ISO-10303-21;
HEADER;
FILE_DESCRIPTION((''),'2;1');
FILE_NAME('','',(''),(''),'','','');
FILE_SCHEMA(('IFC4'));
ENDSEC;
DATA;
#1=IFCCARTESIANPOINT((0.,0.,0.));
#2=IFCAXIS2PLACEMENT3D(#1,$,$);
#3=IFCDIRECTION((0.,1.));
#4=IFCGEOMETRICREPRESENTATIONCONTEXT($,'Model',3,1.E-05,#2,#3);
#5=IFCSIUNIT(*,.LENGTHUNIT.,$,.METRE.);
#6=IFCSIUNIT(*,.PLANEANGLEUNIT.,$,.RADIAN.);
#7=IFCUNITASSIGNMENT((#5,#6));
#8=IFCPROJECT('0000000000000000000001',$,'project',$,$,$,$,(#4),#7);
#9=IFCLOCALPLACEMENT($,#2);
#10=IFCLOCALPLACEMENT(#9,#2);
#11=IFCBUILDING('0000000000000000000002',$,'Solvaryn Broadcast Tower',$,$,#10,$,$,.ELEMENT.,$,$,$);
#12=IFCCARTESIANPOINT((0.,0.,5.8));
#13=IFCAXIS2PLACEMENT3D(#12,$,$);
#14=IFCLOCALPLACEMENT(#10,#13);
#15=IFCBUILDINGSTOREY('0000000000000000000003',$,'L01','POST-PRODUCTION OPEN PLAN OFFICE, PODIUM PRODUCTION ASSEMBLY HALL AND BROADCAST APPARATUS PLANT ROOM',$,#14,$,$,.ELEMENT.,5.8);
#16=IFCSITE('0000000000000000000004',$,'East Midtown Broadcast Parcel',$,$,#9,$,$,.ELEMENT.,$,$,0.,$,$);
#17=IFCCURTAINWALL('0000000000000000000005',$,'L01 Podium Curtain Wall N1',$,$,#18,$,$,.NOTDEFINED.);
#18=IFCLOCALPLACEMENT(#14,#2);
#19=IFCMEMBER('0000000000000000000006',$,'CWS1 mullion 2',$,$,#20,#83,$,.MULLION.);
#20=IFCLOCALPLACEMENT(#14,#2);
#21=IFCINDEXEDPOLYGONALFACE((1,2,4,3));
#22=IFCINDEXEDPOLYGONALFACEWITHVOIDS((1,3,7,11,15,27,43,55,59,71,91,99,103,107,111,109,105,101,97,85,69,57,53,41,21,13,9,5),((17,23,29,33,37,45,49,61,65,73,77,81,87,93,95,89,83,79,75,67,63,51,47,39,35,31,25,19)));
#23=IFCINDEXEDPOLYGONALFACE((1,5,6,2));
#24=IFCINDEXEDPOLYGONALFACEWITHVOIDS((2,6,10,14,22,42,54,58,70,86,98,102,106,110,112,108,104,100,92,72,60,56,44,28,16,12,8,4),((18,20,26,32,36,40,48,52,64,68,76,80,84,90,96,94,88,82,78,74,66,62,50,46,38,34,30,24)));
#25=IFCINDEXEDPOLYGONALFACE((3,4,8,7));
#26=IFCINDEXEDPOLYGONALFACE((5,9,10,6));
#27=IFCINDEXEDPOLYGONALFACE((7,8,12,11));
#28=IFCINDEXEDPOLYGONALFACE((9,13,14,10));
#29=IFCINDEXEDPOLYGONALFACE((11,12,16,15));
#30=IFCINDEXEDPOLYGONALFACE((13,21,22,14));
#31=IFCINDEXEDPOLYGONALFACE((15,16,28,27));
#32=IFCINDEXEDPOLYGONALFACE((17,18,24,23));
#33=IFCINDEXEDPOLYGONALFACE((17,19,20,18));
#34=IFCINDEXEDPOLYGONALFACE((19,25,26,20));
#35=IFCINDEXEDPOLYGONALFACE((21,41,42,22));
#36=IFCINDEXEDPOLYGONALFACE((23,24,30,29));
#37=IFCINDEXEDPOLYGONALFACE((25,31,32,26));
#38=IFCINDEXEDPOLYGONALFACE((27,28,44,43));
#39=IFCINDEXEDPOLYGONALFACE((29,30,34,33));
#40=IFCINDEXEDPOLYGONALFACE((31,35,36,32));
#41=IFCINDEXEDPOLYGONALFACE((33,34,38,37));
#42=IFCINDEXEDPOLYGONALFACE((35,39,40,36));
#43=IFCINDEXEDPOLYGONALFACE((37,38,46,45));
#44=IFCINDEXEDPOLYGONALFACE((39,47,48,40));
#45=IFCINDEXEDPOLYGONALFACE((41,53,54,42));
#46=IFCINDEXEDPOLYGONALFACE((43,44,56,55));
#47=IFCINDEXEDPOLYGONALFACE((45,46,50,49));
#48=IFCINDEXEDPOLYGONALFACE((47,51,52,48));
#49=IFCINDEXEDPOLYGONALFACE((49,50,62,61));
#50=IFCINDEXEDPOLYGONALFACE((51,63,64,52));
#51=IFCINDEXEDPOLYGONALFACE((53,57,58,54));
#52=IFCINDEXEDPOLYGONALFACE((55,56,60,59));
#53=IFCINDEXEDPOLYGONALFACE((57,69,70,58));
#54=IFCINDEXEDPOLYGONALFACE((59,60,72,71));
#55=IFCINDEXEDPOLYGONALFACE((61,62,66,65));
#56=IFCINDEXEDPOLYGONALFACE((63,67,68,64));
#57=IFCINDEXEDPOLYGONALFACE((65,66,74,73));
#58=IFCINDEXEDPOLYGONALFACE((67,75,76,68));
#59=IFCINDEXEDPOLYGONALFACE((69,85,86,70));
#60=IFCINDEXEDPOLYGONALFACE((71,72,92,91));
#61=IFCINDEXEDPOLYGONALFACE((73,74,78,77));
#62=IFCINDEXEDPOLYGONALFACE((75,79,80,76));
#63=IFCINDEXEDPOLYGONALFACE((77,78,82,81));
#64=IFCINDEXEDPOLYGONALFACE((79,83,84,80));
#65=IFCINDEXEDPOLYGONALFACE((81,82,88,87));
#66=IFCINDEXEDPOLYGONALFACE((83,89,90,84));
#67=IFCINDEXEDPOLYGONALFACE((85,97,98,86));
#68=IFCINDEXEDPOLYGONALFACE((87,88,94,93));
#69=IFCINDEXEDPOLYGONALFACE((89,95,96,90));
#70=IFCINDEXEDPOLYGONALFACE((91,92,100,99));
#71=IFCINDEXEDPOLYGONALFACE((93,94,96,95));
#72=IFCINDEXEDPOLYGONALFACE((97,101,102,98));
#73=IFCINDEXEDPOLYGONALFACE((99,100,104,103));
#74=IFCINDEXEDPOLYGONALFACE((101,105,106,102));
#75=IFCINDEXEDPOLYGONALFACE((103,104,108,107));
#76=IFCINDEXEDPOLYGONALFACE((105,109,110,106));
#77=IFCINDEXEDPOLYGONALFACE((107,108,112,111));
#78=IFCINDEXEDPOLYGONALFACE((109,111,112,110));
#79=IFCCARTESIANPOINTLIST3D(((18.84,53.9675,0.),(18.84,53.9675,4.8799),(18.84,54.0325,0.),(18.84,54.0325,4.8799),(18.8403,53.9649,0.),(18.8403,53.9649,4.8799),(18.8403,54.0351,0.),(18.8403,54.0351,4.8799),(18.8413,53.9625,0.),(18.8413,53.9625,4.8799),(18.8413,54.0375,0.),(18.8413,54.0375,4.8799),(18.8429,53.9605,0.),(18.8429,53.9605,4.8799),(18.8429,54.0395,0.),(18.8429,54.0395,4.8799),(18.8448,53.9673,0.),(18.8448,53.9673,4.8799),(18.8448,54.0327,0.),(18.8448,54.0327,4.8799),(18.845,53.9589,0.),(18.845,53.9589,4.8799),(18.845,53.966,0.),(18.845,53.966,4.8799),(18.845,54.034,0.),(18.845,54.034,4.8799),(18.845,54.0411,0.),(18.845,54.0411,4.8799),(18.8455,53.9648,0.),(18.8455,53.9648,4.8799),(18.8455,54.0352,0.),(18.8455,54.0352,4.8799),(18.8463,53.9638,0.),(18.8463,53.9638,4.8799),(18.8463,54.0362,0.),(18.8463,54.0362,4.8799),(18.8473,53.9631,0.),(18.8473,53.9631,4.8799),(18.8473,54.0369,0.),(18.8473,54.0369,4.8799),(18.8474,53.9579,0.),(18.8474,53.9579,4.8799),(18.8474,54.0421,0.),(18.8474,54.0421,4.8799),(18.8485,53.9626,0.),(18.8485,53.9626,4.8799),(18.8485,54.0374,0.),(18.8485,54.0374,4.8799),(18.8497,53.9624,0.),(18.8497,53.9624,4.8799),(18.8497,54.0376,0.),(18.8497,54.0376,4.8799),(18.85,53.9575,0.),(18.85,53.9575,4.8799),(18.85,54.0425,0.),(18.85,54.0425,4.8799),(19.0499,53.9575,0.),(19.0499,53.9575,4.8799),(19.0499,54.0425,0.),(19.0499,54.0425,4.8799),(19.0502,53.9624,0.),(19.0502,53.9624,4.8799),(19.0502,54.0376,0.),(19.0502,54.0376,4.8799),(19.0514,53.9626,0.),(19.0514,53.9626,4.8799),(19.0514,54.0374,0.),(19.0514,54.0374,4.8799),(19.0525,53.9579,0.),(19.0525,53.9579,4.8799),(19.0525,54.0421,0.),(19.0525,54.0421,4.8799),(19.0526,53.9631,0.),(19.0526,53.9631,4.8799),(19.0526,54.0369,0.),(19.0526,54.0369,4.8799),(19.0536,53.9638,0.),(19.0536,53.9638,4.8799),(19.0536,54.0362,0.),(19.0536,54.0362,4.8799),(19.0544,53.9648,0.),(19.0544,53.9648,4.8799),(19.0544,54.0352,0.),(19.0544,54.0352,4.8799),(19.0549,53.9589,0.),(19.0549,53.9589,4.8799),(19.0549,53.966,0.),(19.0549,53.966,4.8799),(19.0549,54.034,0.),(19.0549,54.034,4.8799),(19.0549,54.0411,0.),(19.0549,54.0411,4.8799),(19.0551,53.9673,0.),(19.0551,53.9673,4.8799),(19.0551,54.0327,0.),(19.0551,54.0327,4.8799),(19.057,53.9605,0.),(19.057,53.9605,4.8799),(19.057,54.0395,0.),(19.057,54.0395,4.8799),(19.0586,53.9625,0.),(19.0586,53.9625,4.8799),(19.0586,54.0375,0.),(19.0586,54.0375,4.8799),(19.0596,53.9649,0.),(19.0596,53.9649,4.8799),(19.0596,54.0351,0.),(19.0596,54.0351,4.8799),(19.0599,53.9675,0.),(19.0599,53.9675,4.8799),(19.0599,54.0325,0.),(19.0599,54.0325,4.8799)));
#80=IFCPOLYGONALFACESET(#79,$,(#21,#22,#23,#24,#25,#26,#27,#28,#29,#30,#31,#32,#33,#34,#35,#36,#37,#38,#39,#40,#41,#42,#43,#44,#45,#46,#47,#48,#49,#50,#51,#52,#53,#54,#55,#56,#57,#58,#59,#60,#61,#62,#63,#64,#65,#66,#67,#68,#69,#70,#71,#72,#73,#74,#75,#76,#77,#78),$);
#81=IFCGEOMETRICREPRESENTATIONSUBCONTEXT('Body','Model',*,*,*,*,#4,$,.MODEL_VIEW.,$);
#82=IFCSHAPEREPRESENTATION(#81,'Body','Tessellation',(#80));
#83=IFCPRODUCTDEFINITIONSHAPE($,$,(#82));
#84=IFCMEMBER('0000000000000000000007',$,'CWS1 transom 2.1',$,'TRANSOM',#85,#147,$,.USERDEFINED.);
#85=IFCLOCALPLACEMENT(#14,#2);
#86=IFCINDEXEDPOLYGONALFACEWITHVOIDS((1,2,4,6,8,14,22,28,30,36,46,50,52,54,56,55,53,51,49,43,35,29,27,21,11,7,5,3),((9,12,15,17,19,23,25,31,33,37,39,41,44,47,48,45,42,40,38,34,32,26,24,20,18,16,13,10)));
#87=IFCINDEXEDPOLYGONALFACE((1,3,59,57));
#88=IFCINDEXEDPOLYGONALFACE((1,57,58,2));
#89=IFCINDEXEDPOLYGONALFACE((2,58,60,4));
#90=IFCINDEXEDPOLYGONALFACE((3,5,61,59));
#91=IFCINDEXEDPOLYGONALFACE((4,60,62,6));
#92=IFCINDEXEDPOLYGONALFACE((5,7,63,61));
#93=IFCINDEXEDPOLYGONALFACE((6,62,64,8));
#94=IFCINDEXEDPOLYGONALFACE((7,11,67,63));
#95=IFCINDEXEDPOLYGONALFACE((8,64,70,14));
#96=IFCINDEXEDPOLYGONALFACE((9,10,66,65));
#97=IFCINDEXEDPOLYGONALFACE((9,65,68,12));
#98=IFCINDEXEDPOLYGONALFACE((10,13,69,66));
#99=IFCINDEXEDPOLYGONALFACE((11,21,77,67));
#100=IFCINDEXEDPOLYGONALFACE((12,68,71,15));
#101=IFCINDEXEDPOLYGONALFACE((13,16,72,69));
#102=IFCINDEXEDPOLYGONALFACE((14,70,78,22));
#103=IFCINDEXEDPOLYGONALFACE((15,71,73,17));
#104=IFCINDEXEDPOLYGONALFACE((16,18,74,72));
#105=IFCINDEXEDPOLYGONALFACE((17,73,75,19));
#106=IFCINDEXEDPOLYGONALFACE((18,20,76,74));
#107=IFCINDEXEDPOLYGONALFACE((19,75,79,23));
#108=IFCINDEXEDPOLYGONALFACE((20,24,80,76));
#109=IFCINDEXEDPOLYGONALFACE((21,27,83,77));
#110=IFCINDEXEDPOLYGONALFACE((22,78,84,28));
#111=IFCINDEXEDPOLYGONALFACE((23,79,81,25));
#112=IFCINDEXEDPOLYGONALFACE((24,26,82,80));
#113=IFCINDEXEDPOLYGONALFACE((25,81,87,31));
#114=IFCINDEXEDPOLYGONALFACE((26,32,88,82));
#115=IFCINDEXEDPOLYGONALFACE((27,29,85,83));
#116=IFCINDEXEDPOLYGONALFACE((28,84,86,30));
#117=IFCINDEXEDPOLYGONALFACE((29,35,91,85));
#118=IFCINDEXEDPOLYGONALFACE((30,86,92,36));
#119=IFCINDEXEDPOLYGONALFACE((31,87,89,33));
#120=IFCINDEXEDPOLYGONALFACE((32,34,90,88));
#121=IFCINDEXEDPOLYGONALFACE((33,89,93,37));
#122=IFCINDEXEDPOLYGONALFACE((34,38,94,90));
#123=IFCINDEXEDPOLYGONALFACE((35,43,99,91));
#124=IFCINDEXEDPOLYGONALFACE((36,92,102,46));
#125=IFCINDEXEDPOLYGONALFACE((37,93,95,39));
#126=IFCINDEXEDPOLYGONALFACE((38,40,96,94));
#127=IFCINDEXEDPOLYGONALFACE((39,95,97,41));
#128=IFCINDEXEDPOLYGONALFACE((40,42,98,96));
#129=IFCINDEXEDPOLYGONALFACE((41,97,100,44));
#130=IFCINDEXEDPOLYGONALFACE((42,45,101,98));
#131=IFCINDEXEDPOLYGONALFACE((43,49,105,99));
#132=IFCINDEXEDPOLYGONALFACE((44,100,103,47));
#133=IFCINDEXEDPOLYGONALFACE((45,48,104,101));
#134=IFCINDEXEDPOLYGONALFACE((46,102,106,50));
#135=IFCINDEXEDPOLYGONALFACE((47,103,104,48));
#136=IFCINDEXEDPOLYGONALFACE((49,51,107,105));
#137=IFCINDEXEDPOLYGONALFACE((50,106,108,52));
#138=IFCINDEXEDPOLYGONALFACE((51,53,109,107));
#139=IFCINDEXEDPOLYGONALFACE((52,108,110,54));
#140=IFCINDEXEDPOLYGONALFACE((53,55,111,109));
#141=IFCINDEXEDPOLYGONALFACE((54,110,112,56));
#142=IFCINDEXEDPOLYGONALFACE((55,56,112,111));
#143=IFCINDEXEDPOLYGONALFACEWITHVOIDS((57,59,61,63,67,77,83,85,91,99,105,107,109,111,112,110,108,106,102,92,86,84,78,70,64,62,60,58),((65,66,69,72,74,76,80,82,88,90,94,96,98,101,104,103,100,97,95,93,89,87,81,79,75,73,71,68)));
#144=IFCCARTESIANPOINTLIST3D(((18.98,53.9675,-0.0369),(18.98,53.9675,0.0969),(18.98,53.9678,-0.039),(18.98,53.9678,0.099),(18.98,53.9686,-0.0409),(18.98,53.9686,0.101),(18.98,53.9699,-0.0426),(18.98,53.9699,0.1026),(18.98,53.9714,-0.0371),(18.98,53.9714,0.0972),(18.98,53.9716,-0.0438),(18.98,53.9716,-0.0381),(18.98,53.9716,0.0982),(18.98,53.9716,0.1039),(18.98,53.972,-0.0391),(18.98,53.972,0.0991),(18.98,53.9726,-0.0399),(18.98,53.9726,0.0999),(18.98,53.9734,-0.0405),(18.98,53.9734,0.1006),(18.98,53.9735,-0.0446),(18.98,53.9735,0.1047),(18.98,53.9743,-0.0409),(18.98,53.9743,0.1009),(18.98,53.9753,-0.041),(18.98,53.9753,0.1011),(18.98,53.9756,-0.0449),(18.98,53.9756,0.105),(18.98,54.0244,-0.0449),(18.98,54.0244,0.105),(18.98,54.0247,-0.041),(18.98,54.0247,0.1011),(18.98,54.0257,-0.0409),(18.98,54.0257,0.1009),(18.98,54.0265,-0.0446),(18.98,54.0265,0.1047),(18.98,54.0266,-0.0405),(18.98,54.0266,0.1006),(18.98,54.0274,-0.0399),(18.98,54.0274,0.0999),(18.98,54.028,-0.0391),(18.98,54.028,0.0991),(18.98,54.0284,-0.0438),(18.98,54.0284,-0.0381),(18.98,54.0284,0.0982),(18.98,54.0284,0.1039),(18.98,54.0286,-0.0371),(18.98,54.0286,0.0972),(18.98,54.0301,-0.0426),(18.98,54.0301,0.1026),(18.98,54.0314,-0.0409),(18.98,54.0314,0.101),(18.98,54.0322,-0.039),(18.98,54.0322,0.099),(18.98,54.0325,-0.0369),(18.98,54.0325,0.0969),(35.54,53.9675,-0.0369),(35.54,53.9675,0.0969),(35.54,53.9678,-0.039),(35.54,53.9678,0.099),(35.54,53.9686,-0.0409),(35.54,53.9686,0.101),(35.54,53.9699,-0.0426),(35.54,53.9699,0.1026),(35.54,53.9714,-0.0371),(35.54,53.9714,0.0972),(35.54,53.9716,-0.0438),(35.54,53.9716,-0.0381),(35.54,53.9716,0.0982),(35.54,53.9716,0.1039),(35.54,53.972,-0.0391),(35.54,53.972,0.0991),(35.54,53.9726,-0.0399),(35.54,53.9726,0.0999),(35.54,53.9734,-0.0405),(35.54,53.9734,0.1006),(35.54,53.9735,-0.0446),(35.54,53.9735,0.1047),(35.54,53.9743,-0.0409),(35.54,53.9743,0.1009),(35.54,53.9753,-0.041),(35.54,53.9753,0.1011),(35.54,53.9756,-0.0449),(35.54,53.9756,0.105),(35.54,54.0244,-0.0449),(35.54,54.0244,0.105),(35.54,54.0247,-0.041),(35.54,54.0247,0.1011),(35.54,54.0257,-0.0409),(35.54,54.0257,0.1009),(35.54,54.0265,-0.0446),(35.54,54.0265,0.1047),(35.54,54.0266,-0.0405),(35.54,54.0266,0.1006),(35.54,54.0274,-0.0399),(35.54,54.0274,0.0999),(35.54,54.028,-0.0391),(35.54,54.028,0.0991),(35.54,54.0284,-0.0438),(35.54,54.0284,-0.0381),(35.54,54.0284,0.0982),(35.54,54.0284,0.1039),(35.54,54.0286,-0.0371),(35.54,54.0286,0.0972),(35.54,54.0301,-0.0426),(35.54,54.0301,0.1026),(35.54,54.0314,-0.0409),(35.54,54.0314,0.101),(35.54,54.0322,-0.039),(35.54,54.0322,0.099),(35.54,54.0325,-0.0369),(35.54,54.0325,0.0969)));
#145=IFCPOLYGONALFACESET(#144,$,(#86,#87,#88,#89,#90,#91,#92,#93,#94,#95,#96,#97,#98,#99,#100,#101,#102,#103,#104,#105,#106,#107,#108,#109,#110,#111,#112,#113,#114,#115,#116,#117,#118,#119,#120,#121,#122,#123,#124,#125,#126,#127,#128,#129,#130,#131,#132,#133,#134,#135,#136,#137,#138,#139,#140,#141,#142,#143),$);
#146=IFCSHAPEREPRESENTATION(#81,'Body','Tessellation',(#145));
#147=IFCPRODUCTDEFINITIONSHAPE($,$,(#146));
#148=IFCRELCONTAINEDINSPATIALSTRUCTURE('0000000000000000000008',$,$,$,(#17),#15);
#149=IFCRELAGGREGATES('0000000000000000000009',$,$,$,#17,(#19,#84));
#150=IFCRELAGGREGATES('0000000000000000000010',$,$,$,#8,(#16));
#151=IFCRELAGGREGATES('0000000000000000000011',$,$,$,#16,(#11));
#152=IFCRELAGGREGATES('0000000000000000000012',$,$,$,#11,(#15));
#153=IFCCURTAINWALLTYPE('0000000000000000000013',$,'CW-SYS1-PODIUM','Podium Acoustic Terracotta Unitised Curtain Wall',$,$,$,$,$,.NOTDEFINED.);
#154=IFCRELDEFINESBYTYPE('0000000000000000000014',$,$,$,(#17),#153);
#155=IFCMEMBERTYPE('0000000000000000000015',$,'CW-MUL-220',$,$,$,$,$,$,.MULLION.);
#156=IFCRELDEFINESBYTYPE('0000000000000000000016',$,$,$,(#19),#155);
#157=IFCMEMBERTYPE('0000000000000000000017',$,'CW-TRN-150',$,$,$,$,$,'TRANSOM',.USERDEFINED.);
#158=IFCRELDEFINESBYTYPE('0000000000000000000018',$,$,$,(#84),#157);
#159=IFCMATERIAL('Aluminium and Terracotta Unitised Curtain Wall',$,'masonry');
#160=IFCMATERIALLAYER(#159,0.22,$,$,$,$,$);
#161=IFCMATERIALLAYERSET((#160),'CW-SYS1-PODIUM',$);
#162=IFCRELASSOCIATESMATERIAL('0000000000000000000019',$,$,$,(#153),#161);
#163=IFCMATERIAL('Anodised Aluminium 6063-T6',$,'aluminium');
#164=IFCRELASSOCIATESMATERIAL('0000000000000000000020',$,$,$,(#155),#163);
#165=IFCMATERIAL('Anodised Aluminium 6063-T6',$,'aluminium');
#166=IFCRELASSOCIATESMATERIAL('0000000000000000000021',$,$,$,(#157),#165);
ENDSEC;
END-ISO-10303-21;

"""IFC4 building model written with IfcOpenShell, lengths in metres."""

from ifc_helpers import new_model, si_unit, direction, frame, origin, origin_2d, place, context, subcontext, project, spatial, hollow_rectangle, extrude, material, layer, layer_set, material_profile, profile_set, type_object, element, aggregate, save


model = new_model("IFC4")

# Units and contexts
model_context = context("Model", 3, precision=1e-05, world=origin(), true_north=direction((0.0, 1.0)))
body_context = subcontext(model_context, "Body", "Model", "MODEL_VIEW")
ifc_project = project(units=[si_unit("LENGTHUNIT", "METRE"), si_unit("PLANEANGLEUNIT", "RADIAN")], contexts=[model_context])

# Site, building, storey
site_placement = place(None, origin())
site = spatial("IfcSite", under=ifc_project, at=site_placement, Name="East Midtown Broadcast Parcel", CompositionType="ELEMENT", RefElevation=0.0)
building_placement = place(site_placement, origin())
building = spatial("IfcBuilding", under=site, at=building_placement, Name="Solvaryn Broadcast Tower", CompositionType="ELEMENT")
storey_placement = place(building_placement, frame((0.0, 0.0, 5.8)))
storey = spatial("IfcBuildingStorey", under=building, at=storey_placement, Name="L01", Description="POST-PRODUCTION OPEN PLAN OFFICE, PODIUM PRODUCTION ASSEMBLY HALL AND BROADCAST APPARATUS PLANT ROOM", CompositionType="ELEMENT", Elevation=5.8)

# Curtain wall, members
ifc_material_1 = material(Name="Aluminium and Terracotta Unitised Curtain Wall", Category="masonry")
ifc_layer_1 = layer(ifc_material_1, 0.22)
ifc_layer_set_1 = layer_set([ifc_layer_1], Name="CW-SYS1-PODIUM")
curtain_wall_type = type_object("IfcCurtainWallType", Name="CW-SYS1-PODIUM", Description="Podium Acoustic Terracotta Unitised Curtain Wall", PredefinedType="NOTDEFINED", material=ifc_layer_set_1)
curtain_wall_placement = place(storey_placement, origin())
curtain_wall = element("IfcCurtainWall", 1, at=curtain_wall_placement, inside=storey, type_object=curtain_wall_type, Name="L01 Podium Curtain Wall N1", PredefinedType="NOTDEFINED")
ifc_material_2 = material(Name="Anodised Aluminium 6063-T6", Category="aluminium")
ifc_material_profile_1 = material_profile(ifc_material_2, hollow_rectangle(XDim=0.085, YDim=0.22, WallThickness=0.0049, InnerFilletRadius=0.0049, OuterFilletRadius=0.01, at=origin_2d()))
ifc_profile_set_1 = profile_set([ifc_material_profile_1], Name="Anodised Aluminium 6063-T6")
member_type_1 = type_object("IfcMemberType", Name="CW-MUL-220", PredefinedType="MULLION", material=ifc_profile_set_1)
member_1_placement = place(storey_placement, frame((18.95, 54.0, 0.0), z_axis=(0.0, 0.0, 1.0), x_axis=(0.0, 1.0, 0.0)))
member_1 = element("IfcMember", 2, at=member_1_placement, type_object=member_type_1, Name="CWS1 mullion 2", PredefinedType="MULLION", context=body_context, shape_type="SweptSolid", body=[
    extrude(hollow_rectangle(XDim=0.085, YDim=0.22, WallThickness=0.0049, InnerFilletRadius=0.0049, OuterFilletRadius=0.01, at=origin_2d()), origin(), (0.0, 0.0, 1.0), 4.8799),
])
ifc_material_3 = material(Name="Anodised Aluminium 6063-T6", Category="aluminium")
ifc_material_profile_2 = material_profile(ifc_material_3, hollow_rectangle(XDim=0.0649, YDim=0.1499, WallThickness=0.0039, InnerFilletRadius=0.0039, OuterFilletRadius=0.0081, at=origin_2d()))
ifc_profile_set_2 = profile_set([ifc_material_profile_2], Name="Anodised Aluminium 6063-T6")
member_type_2 = type_object("IfcMemberType", Name="CW-TRN-150", ElementType="TRANSOM", PredefinedType="USERDEFINED", material=ifc_profile_set_2)
member_2_placement = place(storey_placement, frame((18.98, 54.0, 0.03), z_axis=(1.0, 0.0, 0.0), x_axis=(0.0, 1.0, 0.0)))
member_2 = element("IfcMember", 3, at=member_2_placement, type_object=member_type_2, Name="CWS1 transom 2.1", ObjectType="TRANSOM", PredefinedType="USERDEFINED", context=body_context, shape_type="SweptSolid", body=[
    extrude(hollow_rectangle(XDim=0.0649, YDim=0.1499, WallThickness=0.0039, InnerFilletRadius=0.0039, OuterFilletRadius=0.0081, at=origin_2d()), origin(), (0.0, 0.0, 1.0), 16.5601),
])
aggregate(curtain_wall, [member_1, member_2])

save(model, "model.ifc")
